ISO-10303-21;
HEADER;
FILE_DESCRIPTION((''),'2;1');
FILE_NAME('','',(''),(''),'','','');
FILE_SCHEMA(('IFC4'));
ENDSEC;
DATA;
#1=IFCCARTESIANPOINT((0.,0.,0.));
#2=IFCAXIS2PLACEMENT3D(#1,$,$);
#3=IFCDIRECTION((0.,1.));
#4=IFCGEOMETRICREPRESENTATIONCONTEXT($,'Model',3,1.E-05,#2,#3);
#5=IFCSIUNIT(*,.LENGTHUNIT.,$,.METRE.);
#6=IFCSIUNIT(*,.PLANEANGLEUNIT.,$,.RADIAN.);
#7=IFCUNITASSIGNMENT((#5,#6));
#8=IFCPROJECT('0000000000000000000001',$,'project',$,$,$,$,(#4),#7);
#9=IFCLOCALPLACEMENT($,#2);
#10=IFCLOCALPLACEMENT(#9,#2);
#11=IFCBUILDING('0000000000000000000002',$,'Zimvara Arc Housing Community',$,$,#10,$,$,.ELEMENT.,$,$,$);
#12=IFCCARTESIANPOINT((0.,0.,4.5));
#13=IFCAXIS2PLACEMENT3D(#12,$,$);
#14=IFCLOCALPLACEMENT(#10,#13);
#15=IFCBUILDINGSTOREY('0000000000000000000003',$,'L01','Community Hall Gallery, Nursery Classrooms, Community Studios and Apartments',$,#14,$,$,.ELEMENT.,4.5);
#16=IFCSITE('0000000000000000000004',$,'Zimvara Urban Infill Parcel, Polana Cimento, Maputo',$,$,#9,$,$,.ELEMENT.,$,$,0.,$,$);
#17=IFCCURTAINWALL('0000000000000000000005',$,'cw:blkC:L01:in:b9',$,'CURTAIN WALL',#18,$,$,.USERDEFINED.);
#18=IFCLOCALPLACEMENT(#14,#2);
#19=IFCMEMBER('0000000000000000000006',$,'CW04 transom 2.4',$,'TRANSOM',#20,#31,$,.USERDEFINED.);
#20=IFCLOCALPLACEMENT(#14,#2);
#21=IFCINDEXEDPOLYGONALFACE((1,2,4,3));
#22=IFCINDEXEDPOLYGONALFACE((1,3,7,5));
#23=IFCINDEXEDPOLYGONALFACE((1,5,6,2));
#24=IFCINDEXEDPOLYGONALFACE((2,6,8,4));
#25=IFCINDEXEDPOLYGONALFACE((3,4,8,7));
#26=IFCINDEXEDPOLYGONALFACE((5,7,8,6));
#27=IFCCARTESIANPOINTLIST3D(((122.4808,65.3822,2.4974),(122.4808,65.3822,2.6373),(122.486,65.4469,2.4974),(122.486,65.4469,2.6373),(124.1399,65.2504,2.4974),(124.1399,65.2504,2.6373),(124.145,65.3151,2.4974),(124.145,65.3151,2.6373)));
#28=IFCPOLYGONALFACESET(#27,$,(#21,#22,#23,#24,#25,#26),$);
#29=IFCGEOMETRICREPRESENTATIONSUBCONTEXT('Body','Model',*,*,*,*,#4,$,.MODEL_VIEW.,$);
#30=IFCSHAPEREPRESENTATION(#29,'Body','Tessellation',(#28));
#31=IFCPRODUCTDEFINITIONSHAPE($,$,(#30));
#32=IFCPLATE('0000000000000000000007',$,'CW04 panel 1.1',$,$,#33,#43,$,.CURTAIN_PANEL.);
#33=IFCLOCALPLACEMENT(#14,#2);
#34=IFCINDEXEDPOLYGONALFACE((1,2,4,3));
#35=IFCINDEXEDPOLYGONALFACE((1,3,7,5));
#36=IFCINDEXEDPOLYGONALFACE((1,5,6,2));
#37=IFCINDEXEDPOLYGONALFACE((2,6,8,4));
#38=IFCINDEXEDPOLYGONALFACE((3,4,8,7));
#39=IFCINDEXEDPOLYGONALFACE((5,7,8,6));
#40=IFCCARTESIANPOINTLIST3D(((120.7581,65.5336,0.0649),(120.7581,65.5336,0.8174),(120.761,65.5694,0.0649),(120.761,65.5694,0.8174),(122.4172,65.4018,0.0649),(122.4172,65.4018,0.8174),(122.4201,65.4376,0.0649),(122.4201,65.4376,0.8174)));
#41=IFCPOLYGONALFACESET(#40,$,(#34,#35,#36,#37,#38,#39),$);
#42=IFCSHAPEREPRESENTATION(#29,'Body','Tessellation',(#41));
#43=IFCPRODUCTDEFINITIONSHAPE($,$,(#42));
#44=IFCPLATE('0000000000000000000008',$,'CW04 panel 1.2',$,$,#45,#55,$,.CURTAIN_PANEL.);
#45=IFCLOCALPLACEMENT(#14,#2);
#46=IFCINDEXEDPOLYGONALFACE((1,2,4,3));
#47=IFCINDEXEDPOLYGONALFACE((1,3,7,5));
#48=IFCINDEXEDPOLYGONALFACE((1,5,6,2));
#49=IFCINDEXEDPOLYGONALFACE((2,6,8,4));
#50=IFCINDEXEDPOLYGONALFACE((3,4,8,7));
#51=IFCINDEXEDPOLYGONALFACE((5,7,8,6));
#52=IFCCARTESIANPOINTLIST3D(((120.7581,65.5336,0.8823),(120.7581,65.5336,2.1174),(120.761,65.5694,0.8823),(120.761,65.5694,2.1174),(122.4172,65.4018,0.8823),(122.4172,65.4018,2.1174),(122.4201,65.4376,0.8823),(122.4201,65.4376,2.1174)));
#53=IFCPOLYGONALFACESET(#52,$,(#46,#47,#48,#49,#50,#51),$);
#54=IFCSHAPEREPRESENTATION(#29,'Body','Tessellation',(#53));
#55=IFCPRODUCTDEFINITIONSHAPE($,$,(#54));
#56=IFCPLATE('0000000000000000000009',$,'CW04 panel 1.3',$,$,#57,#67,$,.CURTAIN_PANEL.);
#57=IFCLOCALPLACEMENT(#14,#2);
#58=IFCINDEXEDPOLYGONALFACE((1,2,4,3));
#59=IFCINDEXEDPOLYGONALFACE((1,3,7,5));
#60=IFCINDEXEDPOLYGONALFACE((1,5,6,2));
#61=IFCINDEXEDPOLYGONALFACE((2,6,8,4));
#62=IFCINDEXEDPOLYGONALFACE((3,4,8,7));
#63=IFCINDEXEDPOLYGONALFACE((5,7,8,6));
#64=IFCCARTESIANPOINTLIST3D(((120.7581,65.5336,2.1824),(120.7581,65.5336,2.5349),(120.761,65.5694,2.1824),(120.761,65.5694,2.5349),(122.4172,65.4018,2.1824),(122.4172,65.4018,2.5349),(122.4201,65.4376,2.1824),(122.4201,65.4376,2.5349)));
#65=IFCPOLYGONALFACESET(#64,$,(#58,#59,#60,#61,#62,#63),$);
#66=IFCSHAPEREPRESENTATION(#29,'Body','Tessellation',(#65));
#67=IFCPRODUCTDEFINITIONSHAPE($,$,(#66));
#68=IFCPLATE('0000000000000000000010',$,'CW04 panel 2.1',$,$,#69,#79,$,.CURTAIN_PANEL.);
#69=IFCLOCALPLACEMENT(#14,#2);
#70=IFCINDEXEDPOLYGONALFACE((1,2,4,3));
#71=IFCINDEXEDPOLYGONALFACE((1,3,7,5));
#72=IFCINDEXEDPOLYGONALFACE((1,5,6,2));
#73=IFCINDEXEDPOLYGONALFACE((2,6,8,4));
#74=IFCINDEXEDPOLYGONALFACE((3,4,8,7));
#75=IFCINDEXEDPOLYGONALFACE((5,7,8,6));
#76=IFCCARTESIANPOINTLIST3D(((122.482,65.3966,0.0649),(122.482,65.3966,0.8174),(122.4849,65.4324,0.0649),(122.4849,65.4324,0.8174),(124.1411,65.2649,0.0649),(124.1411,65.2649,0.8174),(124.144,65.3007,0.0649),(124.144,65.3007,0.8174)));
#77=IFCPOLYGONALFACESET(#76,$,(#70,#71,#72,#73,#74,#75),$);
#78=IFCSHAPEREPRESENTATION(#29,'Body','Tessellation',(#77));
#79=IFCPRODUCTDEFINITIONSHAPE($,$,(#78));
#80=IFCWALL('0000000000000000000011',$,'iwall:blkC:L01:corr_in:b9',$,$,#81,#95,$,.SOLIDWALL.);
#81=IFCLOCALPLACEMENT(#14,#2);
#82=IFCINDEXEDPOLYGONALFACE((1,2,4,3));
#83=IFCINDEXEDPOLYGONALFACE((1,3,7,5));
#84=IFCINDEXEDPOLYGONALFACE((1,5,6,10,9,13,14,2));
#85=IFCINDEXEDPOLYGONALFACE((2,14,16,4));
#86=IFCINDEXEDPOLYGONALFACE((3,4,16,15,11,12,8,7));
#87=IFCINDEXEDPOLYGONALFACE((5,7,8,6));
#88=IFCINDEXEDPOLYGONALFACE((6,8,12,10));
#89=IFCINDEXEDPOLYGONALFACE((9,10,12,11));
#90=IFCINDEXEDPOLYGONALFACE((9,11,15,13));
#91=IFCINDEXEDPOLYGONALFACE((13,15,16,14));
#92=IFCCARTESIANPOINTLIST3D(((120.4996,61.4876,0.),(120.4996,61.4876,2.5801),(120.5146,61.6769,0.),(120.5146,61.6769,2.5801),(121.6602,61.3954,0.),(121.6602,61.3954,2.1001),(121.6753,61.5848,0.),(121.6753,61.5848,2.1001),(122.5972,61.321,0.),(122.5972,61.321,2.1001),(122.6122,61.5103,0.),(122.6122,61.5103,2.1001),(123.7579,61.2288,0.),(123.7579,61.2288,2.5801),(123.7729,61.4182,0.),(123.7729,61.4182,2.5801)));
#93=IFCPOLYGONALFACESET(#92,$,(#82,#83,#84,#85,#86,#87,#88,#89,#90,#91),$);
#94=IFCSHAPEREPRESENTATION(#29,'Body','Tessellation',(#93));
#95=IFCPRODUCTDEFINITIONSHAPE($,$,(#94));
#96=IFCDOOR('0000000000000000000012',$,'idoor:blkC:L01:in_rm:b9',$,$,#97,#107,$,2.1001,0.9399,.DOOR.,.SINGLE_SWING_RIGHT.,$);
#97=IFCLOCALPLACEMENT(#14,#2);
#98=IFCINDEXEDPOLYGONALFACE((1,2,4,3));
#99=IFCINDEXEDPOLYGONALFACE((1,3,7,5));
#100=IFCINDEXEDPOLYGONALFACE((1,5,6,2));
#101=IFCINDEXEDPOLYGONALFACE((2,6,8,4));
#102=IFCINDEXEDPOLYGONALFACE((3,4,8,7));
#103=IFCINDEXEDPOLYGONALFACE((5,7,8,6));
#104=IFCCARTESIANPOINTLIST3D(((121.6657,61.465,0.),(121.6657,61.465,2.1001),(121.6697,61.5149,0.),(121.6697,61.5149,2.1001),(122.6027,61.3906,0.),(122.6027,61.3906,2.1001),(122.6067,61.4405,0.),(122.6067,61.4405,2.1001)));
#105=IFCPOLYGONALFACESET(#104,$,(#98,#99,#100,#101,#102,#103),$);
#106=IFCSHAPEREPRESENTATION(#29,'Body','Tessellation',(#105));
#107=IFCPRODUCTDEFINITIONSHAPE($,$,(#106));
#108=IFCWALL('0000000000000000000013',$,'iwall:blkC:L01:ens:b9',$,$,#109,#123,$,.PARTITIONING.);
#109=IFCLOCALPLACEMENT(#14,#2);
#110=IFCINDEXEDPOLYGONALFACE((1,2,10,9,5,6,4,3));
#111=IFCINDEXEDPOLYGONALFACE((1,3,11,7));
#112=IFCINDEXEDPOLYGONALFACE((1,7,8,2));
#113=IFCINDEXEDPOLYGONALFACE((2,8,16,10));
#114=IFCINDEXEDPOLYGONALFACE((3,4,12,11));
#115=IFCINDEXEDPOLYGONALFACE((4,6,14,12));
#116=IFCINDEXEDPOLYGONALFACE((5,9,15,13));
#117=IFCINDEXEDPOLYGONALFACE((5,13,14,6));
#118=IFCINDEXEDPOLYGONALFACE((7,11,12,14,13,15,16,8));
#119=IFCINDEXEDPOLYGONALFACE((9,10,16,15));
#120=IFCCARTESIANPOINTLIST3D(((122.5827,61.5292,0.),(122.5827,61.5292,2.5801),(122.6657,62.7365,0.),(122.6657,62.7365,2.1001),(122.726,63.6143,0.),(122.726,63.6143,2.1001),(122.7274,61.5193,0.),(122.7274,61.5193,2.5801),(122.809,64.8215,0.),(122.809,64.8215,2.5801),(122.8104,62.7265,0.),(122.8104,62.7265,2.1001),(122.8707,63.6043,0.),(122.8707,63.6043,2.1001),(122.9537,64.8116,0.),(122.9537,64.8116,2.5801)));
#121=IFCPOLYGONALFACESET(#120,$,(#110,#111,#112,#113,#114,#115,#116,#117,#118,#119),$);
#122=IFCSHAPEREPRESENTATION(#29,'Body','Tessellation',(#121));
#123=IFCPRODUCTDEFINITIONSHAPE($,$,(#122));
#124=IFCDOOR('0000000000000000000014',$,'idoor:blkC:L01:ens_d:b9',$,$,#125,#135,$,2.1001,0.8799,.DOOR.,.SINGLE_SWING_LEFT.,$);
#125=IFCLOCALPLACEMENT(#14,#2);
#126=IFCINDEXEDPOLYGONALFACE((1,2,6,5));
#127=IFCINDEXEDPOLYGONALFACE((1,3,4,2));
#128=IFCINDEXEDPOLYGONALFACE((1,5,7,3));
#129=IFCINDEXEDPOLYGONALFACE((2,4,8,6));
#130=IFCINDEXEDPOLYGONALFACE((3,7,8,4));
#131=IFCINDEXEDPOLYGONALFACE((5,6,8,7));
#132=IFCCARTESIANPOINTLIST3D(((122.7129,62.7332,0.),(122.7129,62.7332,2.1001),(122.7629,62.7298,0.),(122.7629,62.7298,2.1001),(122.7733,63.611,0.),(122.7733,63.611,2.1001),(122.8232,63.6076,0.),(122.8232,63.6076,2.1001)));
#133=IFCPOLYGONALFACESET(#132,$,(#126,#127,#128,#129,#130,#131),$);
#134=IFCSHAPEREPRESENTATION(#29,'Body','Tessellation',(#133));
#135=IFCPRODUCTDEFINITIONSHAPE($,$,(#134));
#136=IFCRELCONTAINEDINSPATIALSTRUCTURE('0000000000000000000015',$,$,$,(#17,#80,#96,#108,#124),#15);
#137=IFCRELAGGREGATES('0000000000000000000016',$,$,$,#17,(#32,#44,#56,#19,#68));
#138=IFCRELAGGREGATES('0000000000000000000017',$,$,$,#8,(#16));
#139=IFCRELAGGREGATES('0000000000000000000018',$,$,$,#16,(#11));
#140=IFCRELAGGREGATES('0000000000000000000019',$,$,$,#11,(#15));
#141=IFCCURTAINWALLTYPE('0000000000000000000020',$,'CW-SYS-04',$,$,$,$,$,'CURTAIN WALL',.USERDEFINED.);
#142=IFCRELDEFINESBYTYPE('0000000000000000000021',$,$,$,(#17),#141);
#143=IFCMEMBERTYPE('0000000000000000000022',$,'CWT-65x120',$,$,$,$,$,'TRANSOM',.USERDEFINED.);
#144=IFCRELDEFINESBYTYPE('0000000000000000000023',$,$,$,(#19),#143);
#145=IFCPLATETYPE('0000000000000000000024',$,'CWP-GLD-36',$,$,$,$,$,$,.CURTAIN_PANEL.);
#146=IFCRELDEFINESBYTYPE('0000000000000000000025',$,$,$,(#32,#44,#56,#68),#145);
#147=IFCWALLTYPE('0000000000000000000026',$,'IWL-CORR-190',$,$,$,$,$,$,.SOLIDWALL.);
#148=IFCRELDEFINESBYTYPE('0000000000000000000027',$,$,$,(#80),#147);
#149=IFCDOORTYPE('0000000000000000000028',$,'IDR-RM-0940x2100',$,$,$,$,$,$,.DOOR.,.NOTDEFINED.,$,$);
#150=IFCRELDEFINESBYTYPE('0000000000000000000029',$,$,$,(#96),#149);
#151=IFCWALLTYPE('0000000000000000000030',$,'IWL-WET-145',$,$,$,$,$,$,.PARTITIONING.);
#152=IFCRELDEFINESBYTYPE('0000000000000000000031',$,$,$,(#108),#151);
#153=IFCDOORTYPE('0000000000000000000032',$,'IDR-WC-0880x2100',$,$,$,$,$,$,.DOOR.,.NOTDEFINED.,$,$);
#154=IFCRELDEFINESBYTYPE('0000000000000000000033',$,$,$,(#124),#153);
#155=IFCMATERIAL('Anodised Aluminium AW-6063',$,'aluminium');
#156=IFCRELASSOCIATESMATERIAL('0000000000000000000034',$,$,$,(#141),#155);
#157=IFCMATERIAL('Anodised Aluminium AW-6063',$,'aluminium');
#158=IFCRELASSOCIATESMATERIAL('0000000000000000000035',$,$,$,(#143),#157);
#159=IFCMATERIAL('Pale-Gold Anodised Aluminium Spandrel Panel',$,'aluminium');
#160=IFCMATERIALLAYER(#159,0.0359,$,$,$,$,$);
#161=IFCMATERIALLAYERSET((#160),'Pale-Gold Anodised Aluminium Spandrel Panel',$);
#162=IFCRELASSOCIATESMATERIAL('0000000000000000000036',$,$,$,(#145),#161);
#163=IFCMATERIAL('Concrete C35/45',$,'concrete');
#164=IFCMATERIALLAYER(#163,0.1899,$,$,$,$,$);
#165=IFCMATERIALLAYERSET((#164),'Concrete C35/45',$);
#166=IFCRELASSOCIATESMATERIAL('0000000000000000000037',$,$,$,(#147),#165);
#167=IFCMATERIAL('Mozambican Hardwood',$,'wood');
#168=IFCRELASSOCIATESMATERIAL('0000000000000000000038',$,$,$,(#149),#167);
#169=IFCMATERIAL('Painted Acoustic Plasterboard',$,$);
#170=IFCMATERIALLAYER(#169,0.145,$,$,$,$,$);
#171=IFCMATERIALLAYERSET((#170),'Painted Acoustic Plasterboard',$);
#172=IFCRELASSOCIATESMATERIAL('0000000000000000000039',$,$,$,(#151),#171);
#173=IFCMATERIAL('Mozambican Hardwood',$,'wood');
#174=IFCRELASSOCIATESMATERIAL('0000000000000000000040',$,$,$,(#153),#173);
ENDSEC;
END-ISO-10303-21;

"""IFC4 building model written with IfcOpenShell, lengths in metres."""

from ifc_helpers import new_model, si_unit, direction, frame, frame_2d, origin, origin_2d, place, context, subcontext, project, spatial, rectangle, extrude, material, layer, layer_set, material_profile, profile_set, type_object, element, fill, aggregate, save


model = new_model("IFC4")

# Units and contexts
model_context = context("Model", 3, precision=1e-05, world=origin(), true_north=direction((0.0, 1.0)))
body_context = subcontext(model_context, "Body", "Model", "MODEL_VIEW")
ifc_project = project(units=[si_unit("LENGTHUNIT", "METRE"), si_unit("PLANEANGLEUNIT", "RADIAN")], contexts=[model_context])

# Site, building, storey
site_placement = place(None, origin())
site = spatial("IfcSite", under=ifc_project, at=site_placement, Name="Zimvara Urban Infill Parcel, Polana Cimento, Maputo", CompositionType="ELEMENT", RefElevation=0.0)
building_placement = place(site_placement, origin())
building = spatial("IfcBuilding", under=site, at=building_placement, Name="Zimvara Arc Housing Community", CompositionType="ELEMENT")
storey_placement = place(building_placement, frame((0.0, 0.0, 4.5)))
storey = spatial("IfcBuildingStorey", under=building, at=storey_placement, Name="L01", Description="Community Hall Gallery, Nursery Classrooms, Community Studios and Apartments", CompositionType="ELEMENT", Elevation=4.5)

# Curtain wall, member, plates
ifc_material_1 = material(Name="Anodised Aluminium AW-6063", Category="aluminium")
curtain_wall_type = type_object("IfcCurtainWallType", Name="CW-SYS-04", ElementType="CURTAIN WALL", PredefinedType="USERDEFINED", material=ifc_material_1)
curtain_wall_placement = place(storey_placement, origin())
curtain_wall = element("IfcCurtainWall", 1, at=curtain_wall_placement, inside=storey, type_object=curtain_wall_type, Name="cw:blkC:L01:in:b9", ObjectType="CURTAIN WALL", PredefinedType="USERDEFINED")
ifc_material_2 = material(Name="Anodised Aluminium AW-6063", Category="aluminium")
ifc_material_profile_1 = material_profile(ifc_material_2, rectangle(XDim=0.0649, YDim=0.1399, at=origin_2d()), Name="ALU 65x140")
ifc_profile_set_1 = profile_set([ifc_material_profile_1], Name="Anodised Aluminium AW-6063")
member_type_1 = type_object("IfcMemberType", Name="CWT-65x120", ElementType="TRANSOM", PredefinedType="USERDEFINED", material=ifc_profile_set_1)
member_1_placement = place(storey_placement, frame((122.4834, 65.4146, 2.5674), z_axis=(0.996858, -0.079209, 0.0), x_axis=(0.079209, 0.996858, 0.0)))
member_1 = element("IfcMember", 2, at=member_1_placement, type_object=member_type_1, Name="CW04 transom 2.4", ObjectType="TRANSOM", PredefinedType="USERDEFINED", context=body_context, shape_type="SweptSolid", body=[
    extrude(rectangle(XDim=0.0649, YDim=0.1399, at=origin_2d()), origin(), (0.0, 0.0, 1.0), 1.6643),
])
ifc_material_3 = material(Name="Pale-Gold Anodised Aluminium Spandrel Panel", Category="aluminium")
ifc_layer_1 = layer(ifc_material_3, 0.0359)
ifc_layer_set_1 = layer_set([ifc_layer_1], Name="Pale-Gold Anodised Aluminium Spandrel Panel")
plate_type = type_object("IfcPlateType", Name="CWP-GLD-36", PredefinedType="CURTAIN_PANEL", material=ifc_layer_set_1)
plate_1_placement = place(storey_placement, frame((121.5891, 65.4856, 0.0649), z_axis=(0.0, 0.0, 1.0), x_axis=(0.996862, -0.079155, 0.0)))
plate_1 = element("IfcPlate", 3, at=plate_1_placement, type_object=plate_type, Name="CW04 panel 1.1", PredefinedType="CURTAIN_PANEL", context=body_context, shape_type="SweptSolid", body=[
    extrude(rectangle(XDim=1.6643, YDim=0.0359, at=origin_2d()), origin(), (0.0, 0.0, 1.0), 0.7524),
])
plate_2_placement = place(storey_placement, frame((121.5891, 65.4856, 0.8823), z_axis=(0.0, 0.0, 1.0), x_axis=(0.996862, -0.079155, 0.0)))
plate_2 = element("IfcPlate", 4, at=plate_2_placement, type_object=plate_type, Name="CW04 panel 1.2", PredefinedType="CURTAIN_PANEL", context=body_context, shape_type="SweptSolid", body=[
    extrude(rectangle(XDim=1.6643, YDim=0.0359, at=origin_2d()), origin(), (0.0, 0.0, 1.0), 1.2351),
])
plate_3_placement = place(storey_placement, frame((121.5891, 65.4856, 2.1824), z_axis=(0.0, 0.0, 1.0), x_axis=(0.996862, -0.079155, 0.0)))
plate_3 = element("IfcPlate", 5, at=plate_3_placement, type_object=plate_type, Name="CW04 panel 1.3", PredefinedType="CURTAIN_PANEL", context=body_context, shape_type="SweptSolid", body=[
    extrude(rectangle(XDim=1.6643, YDim=0.0359, at=origin_2d()), origin(), (0.0, 0.0, 1.0), 0.3525),
])
plate_4_placement = place(storey_placement, frame((123.313, 65.3486, 0.0649), z_axis=(0.0, 0.0, 1.0), x_axis=(0.996862, -0.079155, 0.0)))
plate_4 = element("IfcPlate", 6, at=plate_4_placement, type_object=plate_type, Name="CW04 panel 2.1", PredefinedType="CURTAIN_PANEL", context=body_context, shape_type="SweptSolid", body=[
    extrude(rectangle(XDim=1.6643, YDim=0.0359, at=origin_2d()), origin(), (0.0, 0.0, 1.0), 0.7524),
])
aggregate(curtain_wall, [plate_1, plate_2, plate_3, member_1, plate_4])

# Walls, openings, doors
ifc_material_4 = material(Name="Concrete C35/45", Category="concrete")
ifc_layer_2 = layer(ifc_material_4, 0.1899)
ifc_layer_set_2 = layer_set([ifc_layer_2], Name="Concrete C35/45")
wall_type_1 = type_object("IfcWallType", Name="IWL-CORR-190", PredefinedType="SOLIDWALL", material=ifc_layer_set_2)
wall_1_placement = place(storey_placement, frame((120.5071, 61.5823, 0.0), z_axis=(0.0, 0.0, 1.0), x_axis=(0.996861, -0.079175, 0.0)))
wall_1 = element("IfcWall", 7, at=wall_1_placement, inside=storey, type_object=wall_type_1, Name="iwall:blkC:L01:corr_in:b9", PredefinedType="SOLIDWALL", context=body_context, shape_type="SweptSolid", body=[
    extrude(rectangle(XDim=3.2686, YDim=0.1899, at=frame_2d((1.6343, 0.0))), origin(), (0.0, 0.0, 1.0), 2.5801),
])
opening_1_placement = place(wall_1_placement, frame((1.1643, 0.0, 0.0)))
opening_1 = element("IfcOpeningElement", 8, at=opening_1_placement, cuts=wall_1, PredefinedType="OPENING", context=body_context, shape_type="SweptSolid", body=[
    extrude(rectangle(XDim=0.9399, YDim=2.1001, at=frame_2d((0.47, 1.05))), frame((0.0, 0.105, 0.0), z_axis=(0.0, -1.0, 0.0), x_axis=(1.0, 0.0, 0.0)), (0.0, 0.0, 1.0), 0.21),
])
ifc_material_5 = material(Name="Mozambican Hardwood", Category="wood")
door_type_1 = type_object("IfcDoorType", Name="IDR-RM-0940x2100", OperationType="NOTDEFINED", PredefinedType="DOOR", material=ifc_material_5)
door_1_placement = place(opening_1_placement, origin())
door_1 = element("IfcDoor", 9, at=door_1_placement, inside=storey, type_object=door_type_1, Name="idoor:blkC:L01:in_rm:b9", OperationType="SINGLE_SWING_RIGHT", OverallHeight=2.1001, OverallWidth=0.9399, PredefinedType="DOOR", context=body_context, shape_type="SweptSolid", body=[
    extrude(rectangle(XDim=0.9399, YDim=2.1001, at=frame_2d((0.47, 1.05))), frame((0.0, 0.0249, 0.0), z_axis=(0.0, -1.0, 0.0), x_axis=(1.0, 0.0, 0.0)), (0.0, 0.0, 1.0), 0.05),
])
fill(opening_1, door_1)
ifc_material_6 = material(Name="Painted Acoustic Plasterboard")
ifc_layer_3 = layer(ifc_material_6, 0.145)
ifc_layer_set_3 = layer_set([ifc_layer_3], Name="Painted Acoustic Plasterboard")
wall_type_2 = type_object("IfcWallType", Name="IWL-WET-145", PredefinedType="PARTITIONING", material=ifc_layer_set_3)
wall_2_placement = place(storey_placement, frame((122.8813, 64.8164, 0.0), z_axis=(0.0, 0.0, 1.0), x_axis=(-0.068581, -0.997646, 0.0)))
wall_2 = element("IfcWall", 10, at=wall_2_placement, inside=storey, type_object=wall_type_2, Name="iwall:blkC:L01:ens:b9", PredefinedType="PARTITIONING", context=body_context, shape_type="SweptSolid", body=[
    extrude(rectangle(XDim=3.3, YDim=0.145, at=frame_2d((1.6499, 0.0))), origin(), (0.0, 0.0, 1.0), 2.5801),
])
opening_2_placement = place(wall_2_placement, frame((1.21, 0.0, 0.0)))
opening_2 = element("IfcOpeningElement", 11, at=opening_2_placement, cuts=wall_2, PredefinedType="OPENING", context=body_context, shape_type="SweptSolid", body=[
    extrude(rectangle(XDim=0.8799, YDim=2.1001, at=frame_2d((0.4399, 1.05))), frame((0.0, 0.0825, 0.0), z_axis=(0.0, -1.0, 0.0), x_axis=(1.0, 0.0, 0.0)), (0.0, 0.0, 1.0), 0.165),
])
ifc_material_7 = material(Name="Mozambican Hardwood", Category="wood")
door_type_2 = type_object("IfcDoorType", Name="IDR-WC-0880x2100", OperationType="NOTDEFINED", PredefinedType="DOOR", material=ifc_material_7)
door_2_placement = place(opening_2_placement, origin())
door_2 = element("IfcDoor", 12, at=door_2_placement, inside=storey, type_object=door_type_2, Name="idoor:blkC:L01:ens_d:b9", OperationType="SINGLE_SWING_LEFT", OverallHeight=2.1001, OverallWidth=0.8799, PredefinedType="DOOR", context=body_context, shape_type="SweptSolid", body=[
    extrude(rectangle(XDim=0.8799, YDim=2.1001, at=frame_2d((0.4399, 1.05))), frame((0.0, 0.0249, 0.0), z_axis=(0.0, -1.0, 0.0), x_axis=(1.0, 0.0, 0.0)), (0.0, 0.0, 1.0), 0.05),
])
fill(opening_2, door_2)

save(model, "model.ifc")
